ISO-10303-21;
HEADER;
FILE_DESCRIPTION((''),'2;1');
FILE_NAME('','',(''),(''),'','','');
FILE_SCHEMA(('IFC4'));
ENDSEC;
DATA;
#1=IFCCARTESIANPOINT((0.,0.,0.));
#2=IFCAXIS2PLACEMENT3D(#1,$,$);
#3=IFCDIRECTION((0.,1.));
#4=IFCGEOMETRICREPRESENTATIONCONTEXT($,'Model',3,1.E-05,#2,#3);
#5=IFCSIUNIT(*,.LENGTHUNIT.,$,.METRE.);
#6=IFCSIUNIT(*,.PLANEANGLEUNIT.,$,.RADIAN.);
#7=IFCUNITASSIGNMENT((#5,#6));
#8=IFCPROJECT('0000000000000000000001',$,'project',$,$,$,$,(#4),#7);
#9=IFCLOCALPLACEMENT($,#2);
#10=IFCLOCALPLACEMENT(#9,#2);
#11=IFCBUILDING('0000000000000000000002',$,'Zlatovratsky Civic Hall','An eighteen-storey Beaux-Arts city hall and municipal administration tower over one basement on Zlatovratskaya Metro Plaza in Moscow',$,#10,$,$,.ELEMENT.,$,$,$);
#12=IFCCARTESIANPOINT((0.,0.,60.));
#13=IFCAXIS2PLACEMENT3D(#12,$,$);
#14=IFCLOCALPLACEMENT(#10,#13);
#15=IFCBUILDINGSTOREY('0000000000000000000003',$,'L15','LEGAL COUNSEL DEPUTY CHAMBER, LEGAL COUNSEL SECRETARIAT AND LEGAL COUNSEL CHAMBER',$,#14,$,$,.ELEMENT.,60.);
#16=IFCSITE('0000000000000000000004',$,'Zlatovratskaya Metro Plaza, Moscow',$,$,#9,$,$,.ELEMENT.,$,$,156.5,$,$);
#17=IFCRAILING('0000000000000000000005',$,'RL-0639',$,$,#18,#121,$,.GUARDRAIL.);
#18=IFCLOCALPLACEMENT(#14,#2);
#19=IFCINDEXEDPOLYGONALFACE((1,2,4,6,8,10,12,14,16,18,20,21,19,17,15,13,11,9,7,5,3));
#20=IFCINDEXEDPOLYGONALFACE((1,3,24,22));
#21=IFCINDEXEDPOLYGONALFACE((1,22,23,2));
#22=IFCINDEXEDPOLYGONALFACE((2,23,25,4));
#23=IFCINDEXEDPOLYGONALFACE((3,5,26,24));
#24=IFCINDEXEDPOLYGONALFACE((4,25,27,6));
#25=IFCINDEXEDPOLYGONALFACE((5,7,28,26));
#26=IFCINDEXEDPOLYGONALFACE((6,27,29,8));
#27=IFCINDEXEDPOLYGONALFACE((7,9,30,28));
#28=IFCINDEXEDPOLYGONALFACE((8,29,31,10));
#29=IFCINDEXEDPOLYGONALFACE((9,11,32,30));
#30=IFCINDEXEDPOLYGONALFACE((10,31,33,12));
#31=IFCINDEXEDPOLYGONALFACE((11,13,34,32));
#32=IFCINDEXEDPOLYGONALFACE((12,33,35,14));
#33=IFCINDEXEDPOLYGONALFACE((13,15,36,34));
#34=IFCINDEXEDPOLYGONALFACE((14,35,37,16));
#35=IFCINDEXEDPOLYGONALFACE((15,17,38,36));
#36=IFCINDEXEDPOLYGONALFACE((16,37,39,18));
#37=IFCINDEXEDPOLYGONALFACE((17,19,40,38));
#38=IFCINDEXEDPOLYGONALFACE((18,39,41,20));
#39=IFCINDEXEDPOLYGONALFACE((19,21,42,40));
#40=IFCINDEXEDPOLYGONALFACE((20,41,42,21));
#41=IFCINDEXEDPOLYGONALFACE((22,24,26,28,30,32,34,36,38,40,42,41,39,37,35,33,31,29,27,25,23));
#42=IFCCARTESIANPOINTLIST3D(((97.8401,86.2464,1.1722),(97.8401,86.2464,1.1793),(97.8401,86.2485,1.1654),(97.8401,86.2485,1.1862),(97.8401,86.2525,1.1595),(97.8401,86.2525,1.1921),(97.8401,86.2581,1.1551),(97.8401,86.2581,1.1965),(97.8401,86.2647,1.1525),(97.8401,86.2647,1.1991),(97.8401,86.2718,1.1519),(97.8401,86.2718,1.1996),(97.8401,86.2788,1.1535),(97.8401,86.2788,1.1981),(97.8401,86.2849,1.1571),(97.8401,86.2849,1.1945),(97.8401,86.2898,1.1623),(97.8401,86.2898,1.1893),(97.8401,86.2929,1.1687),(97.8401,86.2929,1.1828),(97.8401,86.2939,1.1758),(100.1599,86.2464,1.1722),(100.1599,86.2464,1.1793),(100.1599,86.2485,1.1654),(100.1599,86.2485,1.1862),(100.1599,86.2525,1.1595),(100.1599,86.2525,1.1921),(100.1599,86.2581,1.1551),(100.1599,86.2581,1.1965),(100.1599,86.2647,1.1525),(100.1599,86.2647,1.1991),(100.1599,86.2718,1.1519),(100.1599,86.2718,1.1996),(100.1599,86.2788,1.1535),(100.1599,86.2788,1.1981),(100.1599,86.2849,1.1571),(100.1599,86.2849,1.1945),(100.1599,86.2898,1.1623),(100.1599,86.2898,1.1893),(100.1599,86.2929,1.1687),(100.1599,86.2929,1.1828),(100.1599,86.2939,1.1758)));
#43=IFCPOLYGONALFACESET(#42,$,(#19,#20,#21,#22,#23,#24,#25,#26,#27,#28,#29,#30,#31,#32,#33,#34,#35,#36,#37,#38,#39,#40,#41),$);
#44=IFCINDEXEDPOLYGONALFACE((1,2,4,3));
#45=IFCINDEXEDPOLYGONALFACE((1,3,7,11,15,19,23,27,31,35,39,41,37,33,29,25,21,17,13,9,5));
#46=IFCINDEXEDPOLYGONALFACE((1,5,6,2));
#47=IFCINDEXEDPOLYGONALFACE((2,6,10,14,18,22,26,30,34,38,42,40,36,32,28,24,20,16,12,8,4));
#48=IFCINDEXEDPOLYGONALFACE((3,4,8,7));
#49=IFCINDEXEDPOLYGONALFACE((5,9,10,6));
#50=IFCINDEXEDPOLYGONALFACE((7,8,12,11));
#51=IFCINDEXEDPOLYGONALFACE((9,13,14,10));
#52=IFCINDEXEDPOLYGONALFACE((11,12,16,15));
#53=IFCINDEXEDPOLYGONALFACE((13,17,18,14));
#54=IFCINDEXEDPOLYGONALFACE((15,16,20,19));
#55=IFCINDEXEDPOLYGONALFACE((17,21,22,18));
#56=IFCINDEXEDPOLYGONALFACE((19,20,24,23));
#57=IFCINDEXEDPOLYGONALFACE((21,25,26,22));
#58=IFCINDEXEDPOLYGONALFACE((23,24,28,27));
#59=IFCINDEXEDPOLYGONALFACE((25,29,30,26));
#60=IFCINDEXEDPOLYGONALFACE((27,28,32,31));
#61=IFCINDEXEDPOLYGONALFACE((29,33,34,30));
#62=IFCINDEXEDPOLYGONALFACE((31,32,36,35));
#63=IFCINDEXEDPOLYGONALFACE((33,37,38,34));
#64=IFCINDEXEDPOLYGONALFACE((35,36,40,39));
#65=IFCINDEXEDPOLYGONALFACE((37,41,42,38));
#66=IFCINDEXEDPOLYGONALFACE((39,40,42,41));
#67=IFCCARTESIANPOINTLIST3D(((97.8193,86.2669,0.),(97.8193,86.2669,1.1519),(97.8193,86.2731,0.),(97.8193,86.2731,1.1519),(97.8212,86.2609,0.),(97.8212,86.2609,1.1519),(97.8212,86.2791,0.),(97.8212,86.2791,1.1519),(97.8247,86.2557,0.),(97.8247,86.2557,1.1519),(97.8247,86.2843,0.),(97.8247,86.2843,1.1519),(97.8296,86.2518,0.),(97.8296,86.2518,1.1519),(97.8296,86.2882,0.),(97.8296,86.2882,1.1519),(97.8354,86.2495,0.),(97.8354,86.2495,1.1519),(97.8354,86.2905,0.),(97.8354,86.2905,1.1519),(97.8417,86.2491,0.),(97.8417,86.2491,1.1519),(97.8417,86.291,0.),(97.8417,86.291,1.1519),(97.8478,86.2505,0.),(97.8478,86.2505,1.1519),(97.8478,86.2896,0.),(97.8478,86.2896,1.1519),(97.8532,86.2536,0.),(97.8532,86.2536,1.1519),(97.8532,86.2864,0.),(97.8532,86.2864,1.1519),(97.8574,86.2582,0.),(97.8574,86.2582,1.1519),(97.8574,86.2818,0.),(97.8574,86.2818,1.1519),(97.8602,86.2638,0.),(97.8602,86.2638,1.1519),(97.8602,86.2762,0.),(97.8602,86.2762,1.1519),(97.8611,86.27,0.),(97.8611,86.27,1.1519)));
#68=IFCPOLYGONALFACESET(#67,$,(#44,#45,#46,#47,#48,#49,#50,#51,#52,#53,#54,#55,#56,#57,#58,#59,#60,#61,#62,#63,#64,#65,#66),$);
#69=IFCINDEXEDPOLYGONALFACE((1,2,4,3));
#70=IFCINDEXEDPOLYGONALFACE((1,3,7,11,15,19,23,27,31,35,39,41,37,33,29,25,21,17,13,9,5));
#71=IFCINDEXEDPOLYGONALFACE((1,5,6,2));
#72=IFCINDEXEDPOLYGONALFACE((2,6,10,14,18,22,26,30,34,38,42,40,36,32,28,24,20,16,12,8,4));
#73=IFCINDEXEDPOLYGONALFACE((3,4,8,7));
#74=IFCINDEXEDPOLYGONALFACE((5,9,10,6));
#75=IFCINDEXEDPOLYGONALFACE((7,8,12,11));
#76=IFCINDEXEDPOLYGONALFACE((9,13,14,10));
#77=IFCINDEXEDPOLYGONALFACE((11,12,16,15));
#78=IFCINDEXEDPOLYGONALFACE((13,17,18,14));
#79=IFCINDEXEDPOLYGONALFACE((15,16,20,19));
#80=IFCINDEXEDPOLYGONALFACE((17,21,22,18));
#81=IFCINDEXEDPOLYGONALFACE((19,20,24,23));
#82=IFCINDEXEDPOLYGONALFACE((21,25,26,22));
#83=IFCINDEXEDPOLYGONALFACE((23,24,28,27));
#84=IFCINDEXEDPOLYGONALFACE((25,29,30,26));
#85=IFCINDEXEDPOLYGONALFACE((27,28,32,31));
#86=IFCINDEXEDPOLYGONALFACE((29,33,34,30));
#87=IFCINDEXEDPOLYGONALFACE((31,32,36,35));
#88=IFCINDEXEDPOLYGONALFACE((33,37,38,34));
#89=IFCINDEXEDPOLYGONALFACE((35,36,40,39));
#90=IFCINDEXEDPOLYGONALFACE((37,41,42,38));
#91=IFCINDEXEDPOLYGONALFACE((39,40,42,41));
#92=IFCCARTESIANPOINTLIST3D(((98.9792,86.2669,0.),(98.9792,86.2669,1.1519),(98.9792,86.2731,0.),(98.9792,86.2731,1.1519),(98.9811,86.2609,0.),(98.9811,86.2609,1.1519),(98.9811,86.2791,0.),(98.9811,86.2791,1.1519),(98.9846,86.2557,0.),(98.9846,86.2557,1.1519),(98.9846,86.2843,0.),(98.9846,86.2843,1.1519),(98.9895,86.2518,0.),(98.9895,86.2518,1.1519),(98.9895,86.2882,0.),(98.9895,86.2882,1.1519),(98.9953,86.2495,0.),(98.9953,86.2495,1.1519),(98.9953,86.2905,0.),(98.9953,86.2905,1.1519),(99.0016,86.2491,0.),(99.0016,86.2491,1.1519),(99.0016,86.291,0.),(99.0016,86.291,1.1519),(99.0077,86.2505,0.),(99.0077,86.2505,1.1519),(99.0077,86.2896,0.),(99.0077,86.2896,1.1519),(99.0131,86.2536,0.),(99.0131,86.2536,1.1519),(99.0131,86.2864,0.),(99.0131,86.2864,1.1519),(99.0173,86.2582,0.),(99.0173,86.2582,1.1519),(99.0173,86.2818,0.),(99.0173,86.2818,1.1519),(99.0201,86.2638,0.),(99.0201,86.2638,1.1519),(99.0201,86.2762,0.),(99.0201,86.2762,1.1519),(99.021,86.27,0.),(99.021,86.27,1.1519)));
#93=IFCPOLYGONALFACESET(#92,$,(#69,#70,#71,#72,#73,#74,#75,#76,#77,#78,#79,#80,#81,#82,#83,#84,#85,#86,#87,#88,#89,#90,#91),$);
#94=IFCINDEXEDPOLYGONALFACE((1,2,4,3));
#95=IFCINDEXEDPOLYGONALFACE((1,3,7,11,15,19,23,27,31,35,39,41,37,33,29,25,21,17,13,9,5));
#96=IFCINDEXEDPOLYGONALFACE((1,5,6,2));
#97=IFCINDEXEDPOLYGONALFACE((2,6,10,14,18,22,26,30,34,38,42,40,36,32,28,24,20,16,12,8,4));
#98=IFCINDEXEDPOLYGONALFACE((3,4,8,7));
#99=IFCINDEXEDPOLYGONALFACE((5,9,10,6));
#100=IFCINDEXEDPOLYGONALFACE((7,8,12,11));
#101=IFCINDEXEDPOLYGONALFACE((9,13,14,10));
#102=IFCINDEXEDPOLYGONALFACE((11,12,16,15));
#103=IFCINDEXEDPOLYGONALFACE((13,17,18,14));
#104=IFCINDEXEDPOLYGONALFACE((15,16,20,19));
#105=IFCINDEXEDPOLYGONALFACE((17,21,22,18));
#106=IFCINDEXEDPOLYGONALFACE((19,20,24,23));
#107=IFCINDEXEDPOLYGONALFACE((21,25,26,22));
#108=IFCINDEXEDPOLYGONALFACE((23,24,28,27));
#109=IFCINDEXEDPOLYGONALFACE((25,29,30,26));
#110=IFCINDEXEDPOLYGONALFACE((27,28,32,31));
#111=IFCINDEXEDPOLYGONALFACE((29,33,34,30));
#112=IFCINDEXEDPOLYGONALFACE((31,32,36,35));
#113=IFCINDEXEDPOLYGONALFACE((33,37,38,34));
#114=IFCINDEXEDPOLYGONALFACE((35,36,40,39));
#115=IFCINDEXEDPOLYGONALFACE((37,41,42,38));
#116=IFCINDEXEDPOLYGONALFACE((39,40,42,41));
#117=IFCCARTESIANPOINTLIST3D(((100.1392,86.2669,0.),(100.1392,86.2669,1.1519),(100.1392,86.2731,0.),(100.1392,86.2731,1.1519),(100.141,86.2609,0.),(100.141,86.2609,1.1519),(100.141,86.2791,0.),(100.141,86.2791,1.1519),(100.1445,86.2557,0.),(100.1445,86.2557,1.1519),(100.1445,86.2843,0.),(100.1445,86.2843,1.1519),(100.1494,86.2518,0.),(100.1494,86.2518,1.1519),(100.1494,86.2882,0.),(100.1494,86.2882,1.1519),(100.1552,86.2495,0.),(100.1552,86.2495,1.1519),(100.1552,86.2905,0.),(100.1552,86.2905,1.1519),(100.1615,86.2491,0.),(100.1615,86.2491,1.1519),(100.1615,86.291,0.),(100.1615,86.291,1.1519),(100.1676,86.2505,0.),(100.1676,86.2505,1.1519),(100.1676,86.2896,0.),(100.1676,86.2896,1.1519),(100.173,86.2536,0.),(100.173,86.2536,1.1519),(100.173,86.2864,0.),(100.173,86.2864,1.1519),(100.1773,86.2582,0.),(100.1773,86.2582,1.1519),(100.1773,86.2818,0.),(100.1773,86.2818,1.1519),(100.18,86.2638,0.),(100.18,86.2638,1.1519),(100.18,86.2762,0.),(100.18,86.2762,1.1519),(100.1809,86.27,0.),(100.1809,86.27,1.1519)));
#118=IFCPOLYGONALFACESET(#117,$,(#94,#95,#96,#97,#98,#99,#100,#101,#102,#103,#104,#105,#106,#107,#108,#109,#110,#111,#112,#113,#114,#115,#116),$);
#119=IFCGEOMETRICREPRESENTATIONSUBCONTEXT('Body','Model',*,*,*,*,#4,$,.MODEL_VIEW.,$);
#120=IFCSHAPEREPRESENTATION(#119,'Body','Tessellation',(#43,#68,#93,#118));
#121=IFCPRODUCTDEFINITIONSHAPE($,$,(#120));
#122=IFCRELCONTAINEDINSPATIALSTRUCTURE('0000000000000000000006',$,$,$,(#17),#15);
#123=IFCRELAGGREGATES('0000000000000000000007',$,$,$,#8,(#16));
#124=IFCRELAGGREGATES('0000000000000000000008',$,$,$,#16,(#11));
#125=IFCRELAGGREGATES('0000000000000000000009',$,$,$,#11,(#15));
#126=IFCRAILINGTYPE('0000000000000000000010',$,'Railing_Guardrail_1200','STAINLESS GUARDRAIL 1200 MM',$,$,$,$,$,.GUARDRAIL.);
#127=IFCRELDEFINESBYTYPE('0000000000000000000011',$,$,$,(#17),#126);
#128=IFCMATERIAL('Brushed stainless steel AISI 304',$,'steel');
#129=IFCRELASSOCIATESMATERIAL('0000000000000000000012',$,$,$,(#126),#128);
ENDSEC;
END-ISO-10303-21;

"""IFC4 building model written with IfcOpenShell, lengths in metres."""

from ifc_helpers import new_model, si_unit, direction, frame, origin, origin_2d, place, context, subcontext, project, spatial, circle, extrude, material, type_object, element, save


model = new_model("IFC4")

# Units and contexts
model_context = context("Model", 3, precision=1e-05, world=origin(), true_north=direction((0.0, 1.0)))
body_context = subcontext(model_context, "Body", "Model", "MODEL_VIEW")
ifc_project = project(units=[si_unit("LENGTHUNIT", "METRE"), si_unit("PLANEANGLEUNIT", "RADIAN")], contexts=[model_context])

# Site, building, storey
site_placement = place(None, origin())
site = spatial("IfcSite", under=ifc_project, at=site_placement, Name="Zlatovratskaya Metro Plaza, Moscow", CompositionType="ELEMENT", RefElevation=156.5)
building_placement = place(site_placement, origin())
building = spatial("IfcBuilding", under=site, at=building_placement, Name="Zlatovratsky Civic Hall", Description="An eighteen-storey Beaux-Arts city hall and municipal administration tower over one basement on Zlatovratskaya Metro Plaza in Moscow", CompositionType="ELEMENT")
storey_placement = place(building_placement, frame((0.0, 0.0, 60.0)))
storey = spatial("IfcBuildingStorey", under=building, at=storey_placement, Name="L15", Description="LEGAL COUNSEL DEPUTY CHAMBER, LEGAL COUNSEL SECRETARIAT AND LEGAL COUNSEL CHAMBER", CompositionType="ELEMENT", Elevation=60.0)

# Railing
ifc_material_1 = material(Name="Brushed stainless steel AISI 304", Category="steel")
railing_type_1 = type_object("IfcRailingType", Name="Railing_Guardrail_1200", Description="STAINLESS GUARDRAIL 1200 MM", PredefinedType="GUARDRAIL", material=ifc_material_1)
railing_1_placement = place(storey_placement, frame((97.8401, 86.27, 0.0)))
element("IfcRailing", 1, at=railing_1_placement, inside=storey, type_object=railing_type_1, Name="RL-0639", PredefinedType="GUARDRAIL", context=body_context, shape_type="SweptSolid", body=[
    extrude(circle(Radius=0.0239, at=origin_2d()), frame((0.0, 0.0, 1.1758), z_axis=(1.0, 0.0, 0.0), x_axis=(0.0, 1.0, 0.0)), (0.0, 0.0, 1.0), 2.3198),
    extrude(circle(Radius=0.021, at=origin_2d()), origin(), (0.0, 0.0, 1.0), 1.1519),
    extrude(circle(Radius=0.021, at=origin_2d()), frame((1.1599, 0.0, 0.0)), (0.0, 0.0, 1.0), 1.1519),
    extrude(circle(Radius=0.021, at=origin_2d()), frame((2.3198, 0.0, 0.0)), (0.0, 0.0, 1.0), 1.1519),
])

save(model, "model.ifc")
